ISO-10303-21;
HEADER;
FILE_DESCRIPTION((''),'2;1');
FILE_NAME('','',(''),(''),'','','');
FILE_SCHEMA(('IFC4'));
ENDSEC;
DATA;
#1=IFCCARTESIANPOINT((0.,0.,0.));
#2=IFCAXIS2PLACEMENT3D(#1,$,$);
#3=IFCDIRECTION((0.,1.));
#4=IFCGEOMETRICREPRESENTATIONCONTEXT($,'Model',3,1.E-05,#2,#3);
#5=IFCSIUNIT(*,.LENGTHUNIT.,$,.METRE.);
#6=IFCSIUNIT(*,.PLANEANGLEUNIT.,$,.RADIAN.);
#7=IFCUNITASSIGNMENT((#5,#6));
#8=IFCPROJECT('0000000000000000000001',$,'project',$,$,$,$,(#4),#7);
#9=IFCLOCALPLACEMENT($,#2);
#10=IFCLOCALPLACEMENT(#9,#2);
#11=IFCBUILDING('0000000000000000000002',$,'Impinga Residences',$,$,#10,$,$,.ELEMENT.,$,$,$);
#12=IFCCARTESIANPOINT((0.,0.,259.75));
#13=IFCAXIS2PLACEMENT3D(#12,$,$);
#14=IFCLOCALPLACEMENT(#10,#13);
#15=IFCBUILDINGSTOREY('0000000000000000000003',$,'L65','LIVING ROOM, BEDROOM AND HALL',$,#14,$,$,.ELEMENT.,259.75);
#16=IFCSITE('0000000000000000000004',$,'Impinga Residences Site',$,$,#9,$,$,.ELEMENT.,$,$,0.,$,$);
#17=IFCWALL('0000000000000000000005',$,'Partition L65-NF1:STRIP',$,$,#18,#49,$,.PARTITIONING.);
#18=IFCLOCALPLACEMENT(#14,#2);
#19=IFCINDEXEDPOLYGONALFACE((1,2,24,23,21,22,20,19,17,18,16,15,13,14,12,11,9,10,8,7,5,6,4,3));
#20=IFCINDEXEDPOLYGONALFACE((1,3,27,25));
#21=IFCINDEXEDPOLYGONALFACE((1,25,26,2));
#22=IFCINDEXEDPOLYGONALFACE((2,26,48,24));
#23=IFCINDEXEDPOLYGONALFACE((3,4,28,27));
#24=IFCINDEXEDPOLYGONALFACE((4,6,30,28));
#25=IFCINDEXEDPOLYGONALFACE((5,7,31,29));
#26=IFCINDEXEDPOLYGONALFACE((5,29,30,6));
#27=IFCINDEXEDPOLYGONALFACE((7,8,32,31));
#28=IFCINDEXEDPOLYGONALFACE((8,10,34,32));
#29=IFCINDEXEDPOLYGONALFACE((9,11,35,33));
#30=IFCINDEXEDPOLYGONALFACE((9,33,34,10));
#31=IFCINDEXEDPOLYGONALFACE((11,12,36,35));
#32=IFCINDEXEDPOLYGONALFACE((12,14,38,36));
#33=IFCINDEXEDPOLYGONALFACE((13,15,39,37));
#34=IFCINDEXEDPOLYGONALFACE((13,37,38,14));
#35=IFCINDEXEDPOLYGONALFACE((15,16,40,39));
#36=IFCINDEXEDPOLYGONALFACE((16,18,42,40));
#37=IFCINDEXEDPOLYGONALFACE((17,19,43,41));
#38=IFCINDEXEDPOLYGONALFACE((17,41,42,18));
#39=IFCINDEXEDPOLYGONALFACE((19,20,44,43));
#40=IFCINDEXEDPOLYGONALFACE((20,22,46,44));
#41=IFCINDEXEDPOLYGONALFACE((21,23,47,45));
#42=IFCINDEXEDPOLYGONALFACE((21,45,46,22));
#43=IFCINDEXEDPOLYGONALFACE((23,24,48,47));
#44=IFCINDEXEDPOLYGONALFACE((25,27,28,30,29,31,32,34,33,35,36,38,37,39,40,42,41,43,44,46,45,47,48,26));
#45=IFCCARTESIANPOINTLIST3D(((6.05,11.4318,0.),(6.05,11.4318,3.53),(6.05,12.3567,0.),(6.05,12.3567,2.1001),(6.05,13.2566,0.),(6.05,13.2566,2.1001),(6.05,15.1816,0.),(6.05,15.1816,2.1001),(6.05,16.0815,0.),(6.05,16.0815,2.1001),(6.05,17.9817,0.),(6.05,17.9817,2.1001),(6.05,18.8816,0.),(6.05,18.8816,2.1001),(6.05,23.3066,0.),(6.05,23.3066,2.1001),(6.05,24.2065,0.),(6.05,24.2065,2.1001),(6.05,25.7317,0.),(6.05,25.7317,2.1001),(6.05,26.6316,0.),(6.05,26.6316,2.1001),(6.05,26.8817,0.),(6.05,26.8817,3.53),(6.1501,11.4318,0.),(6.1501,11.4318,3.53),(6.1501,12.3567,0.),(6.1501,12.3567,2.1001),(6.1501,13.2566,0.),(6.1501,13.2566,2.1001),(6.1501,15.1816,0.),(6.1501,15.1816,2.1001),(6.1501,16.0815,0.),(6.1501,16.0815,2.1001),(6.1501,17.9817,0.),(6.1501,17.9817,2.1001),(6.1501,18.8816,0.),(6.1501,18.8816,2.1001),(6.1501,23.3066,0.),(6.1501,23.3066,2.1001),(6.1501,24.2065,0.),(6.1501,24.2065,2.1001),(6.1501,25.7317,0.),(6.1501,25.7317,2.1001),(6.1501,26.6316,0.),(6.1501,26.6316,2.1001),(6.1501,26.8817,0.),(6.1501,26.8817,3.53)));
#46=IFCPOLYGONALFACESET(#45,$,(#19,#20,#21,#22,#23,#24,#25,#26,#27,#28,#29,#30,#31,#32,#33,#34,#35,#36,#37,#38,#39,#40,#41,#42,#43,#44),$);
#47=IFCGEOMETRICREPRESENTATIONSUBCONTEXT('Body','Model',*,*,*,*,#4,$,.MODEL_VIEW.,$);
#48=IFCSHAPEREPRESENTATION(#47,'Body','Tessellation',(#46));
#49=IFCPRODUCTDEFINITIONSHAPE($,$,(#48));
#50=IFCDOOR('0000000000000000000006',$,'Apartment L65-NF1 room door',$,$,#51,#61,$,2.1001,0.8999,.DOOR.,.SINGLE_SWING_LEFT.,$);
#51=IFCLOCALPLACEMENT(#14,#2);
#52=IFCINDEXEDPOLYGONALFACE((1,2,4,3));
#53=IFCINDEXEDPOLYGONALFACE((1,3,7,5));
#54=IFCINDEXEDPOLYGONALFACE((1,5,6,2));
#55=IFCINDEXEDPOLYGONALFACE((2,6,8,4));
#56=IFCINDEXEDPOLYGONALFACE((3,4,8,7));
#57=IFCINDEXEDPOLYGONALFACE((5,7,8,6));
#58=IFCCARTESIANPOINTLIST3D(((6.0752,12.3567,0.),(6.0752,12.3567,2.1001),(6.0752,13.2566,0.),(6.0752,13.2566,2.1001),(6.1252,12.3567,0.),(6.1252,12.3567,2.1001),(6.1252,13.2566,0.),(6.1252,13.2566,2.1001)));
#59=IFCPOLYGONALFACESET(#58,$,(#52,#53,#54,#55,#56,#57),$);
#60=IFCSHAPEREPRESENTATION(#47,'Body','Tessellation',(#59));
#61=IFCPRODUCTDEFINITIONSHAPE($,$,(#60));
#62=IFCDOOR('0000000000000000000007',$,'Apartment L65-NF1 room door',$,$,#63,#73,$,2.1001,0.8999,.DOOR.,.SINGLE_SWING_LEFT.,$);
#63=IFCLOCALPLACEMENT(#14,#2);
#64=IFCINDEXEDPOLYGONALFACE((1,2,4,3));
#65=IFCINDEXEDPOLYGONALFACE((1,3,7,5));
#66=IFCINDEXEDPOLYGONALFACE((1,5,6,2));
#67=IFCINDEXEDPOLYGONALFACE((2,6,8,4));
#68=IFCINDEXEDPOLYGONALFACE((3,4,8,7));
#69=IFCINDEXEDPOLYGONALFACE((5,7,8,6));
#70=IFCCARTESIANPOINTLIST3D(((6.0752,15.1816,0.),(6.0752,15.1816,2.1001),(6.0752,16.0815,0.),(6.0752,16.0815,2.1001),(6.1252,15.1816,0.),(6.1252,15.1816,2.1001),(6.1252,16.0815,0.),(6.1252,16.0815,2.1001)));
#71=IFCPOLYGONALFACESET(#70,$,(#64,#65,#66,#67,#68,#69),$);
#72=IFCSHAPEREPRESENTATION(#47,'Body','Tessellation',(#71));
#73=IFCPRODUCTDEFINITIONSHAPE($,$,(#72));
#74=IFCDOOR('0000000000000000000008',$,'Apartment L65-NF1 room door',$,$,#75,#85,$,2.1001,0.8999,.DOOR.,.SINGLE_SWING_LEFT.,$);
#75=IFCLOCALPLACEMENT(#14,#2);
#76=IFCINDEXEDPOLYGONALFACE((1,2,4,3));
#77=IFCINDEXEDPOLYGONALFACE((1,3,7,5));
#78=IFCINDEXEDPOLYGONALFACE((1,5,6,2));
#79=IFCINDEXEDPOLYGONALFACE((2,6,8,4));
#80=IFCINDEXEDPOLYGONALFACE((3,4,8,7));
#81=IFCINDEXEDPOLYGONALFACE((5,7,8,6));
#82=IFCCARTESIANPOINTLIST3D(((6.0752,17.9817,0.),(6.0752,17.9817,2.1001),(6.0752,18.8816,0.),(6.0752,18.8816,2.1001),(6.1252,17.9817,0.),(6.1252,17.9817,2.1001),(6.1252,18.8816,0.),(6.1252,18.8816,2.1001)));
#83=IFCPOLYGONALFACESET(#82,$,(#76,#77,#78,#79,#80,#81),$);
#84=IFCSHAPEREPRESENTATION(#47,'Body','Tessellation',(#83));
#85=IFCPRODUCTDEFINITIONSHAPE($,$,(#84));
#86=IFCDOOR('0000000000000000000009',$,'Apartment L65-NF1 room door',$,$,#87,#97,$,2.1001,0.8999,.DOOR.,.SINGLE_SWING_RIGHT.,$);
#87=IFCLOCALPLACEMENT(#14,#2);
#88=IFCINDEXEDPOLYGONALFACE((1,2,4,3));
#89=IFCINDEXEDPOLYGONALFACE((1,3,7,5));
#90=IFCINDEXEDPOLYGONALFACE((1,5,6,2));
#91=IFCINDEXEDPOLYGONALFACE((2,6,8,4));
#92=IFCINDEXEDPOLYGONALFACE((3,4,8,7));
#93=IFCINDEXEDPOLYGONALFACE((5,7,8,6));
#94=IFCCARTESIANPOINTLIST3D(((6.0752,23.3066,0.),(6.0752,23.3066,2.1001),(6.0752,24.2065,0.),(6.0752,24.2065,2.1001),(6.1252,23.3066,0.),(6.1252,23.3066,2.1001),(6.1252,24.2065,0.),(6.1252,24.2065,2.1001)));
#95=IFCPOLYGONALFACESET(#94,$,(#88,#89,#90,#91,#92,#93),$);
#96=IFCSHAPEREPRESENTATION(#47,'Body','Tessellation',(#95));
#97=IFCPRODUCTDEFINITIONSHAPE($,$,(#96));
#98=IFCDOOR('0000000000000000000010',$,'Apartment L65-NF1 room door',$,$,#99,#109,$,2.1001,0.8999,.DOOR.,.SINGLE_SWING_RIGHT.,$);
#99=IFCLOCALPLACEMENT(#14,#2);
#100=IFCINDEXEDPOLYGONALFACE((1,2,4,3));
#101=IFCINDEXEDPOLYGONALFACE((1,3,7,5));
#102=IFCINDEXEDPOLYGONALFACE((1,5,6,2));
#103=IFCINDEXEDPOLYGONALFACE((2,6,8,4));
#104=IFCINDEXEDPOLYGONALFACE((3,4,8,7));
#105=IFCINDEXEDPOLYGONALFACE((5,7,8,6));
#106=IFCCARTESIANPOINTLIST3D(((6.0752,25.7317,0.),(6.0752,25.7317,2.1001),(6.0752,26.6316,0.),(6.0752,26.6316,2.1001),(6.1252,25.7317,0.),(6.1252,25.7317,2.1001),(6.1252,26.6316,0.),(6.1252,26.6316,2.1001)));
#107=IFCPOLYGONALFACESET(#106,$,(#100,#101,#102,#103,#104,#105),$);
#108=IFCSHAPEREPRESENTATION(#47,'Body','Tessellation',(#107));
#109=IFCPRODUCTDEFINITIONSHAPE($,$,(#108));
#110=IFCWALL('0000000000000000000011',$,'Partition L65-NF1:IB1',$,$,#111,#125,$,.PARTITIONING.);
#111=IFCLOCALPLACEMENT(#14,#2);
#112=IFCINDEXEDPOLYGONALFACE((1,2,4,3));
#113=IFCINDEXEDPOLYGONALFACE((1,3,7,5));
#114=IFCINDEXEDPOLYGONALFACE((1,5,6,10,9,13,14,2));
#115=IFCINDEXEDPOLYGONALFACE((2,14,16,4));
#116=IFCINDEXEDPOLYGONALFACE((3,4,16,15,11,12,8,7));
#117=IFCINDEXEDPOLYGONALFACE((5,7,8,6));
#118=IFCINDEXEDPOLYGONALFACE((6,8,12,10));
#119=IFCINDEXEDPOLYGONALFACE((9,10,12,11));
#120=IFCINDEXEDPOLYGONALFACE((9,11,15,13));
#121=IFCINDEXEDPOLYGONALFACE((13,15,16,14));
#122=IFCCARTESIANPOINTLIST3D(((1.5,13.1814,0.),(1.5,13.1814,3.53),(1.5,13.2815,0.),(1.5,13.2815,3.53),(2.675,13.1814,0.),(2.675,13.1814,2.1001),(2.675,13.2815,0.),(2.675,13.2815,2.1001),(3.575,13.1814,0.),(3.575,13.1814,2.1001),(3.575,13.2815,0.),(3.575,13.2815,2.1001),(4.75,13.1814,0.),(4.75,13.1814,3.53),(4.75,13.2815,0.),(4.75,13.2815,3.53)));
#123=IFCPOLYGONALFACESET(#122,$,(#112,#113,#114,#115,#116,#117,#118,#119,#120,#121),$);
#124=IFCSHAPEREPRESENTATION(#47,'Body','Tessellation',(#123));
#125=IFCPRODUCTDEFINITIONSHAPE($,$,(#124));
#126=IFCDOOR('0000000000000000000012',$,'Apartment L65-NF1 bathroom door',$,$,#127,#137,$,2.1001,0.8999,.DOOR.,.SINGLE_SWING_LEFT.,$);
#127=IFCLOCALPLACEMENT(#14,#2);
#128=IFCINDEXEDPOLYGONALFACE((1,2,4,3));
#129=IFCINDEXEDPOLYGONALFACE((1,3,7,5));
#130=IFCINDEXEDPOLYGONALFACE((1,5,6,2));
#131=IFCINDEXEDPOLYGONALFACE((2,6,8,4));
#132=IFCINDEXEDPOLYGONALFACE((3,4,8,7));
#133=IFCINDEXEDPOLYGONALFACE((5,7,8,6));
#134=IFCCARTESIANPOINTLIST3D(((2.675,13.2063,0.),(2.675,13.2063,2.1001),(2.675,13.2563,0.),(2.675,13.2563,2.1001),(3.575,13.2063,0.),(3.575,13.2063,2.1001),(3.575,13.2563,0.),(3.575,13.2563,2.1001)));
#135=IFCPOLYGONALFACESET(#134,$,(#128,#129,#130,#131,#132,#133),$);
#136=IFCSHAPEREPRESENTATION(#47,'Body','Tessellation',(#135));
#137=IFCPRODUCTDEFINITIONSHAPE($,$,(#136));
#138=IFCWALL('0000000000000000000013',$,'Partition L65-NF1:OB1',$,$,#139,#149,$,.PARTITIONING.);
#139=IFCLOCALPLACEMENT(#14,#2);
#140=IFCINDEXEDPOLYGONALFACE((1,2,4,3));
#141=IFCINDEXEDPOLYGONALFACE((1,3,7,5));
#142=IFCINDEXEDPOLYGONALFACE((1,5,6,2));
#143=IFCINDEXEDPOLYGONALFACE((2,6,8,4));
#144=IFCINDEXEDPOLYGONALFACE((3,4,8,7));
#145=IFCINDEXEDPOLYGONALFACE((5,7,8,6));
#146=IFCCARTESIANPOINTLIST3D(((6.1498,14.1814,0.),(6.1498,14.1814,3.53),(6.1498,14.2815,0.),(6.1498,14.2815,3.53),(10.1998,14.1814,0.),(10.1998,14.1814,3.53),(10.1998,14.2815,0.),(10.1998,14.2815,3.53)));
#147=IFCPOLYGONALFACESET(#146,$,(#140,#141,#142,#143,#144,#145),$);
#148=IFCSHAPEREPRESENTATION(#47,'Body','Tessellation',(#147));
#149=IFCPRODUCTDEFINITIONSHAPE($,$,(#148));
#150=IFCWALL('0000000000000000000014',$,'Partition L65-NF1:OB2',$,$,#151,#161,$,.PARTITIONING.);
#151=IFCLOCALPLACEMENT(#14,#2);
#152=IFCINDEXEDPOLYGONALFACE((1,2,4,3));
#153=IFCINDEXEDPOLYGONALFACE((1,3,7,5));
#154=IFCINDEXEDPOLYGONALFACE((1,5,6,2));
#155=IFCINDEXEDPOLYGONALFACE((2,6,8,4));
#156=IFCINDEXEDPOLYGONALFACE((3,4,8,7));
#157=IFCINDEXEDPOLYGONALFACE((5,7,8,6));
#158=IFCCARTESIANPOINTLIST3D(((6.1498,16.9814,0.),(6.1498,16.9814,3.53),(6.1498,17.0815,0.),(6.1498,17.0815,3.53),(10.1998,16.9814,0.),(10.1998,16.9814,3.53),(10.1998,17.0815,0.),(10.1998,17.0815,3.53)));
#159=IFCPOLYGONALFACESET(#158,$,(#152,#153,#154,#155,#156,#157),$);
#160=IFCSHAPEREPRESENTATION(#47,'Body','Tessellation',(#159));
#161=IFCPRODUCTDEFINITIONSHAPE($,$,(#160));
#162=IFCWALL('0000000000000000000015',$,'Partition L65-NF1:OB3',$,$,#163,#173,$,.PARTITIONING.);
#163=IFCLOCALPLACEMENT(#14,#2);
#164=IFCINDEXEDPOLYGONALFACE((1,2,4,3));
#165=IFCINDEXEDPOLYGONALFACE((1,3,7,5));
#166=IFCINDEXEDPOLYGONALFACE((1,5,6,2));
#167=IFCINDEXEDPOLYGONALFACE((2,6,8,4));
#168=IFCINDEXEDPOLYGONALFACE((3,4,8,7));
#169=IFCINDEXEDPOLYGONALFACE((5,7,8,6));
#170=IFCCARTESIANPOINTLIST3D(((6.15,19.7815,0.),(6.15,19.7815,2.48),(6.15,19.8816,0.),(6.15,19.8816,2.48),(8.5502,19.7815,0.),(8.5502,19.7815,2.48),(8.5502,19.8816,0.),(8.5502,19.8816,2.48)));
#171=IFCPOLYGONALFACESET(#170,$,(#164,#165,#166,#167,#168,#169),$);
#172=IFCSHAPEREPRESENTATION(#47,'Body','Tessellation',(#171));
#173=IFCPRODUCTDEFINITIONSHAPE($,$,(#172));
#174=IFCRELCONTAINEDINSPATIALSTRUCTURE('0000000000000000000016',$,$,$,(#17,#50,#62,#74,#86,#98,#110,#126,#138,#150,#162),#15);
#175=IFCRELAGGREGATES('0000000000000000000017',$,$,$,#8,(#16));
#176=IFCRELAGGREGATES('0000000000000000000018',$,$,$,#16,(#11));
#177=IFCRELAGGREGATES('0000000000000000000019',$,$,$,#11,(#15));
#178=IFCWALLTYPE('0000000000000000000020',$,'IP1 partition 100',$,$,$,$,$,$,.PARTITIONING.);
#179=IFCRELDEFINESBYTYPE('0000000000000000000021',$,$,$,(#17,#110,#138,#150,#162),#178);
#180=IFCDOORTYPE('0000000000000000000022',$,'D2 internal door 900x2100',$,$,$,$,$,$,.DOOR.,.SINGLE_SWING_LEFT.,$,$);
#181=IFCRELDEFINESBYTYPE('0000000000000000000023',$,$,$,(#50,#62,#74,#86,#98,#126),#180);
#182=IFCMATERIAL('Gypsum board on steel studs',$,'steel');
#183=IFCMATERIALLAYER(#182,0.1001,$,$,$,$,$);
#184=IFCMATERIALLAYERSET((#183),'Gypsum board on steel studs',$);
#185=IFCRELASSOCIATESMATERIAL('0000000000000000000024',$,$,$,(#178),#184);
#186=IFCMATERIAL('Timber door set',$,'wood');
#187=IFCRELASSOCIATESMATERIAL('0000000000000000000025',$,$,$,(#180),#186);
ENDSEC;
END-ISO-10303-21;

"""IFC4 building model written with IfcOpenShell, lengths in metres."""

from ifc_helpers import new_model, si_unit, direction, frame, frame_2d, origin, place, context, subcontext, project, spatial, rectangle, extrude, material, layer, layer_set, type_object, element, fill, save


model = new_model("IFC4")

# Units and contexts
model_context = context("Model", 3, precision=1e-05, world=origin(), true_north=direction((0.0, 1.0)))
body_context = subcontext(model_context, "Body", "Model", "MODEL_VIEW")
ifc_project = project(units=[si_unit("LENGTHUNIT", "METRE"), si_unit("PLANEANGLEUNIT", "RADIAN")], contexts=[model_context])

# Site, building, storey
site_placement = place(None, origin())
site = spatial("IfcSite", under=ifc_project, at=site_placement, Name="Impinga Residences Site", CompositionType="ELEMENT", RefElevation=0.0)
building_placement = place(site_placement, origin())
building = spatial("IfcBuilding", under=site, at=building_placement, Name="Impinga Residences", CompositionType="ELEMENT")
storey_placement = place(building_placement, frame((0.0, 0.0, 259.75)))
storey = spatial("IfcBuildingStorey", under=building, at=storey_placement, Name="L65", Description="LIVING ROOM, BEDROOM AND HALL", CompositionType="ELEMENT", Elevation=259.75)

# Shared definitions
ifc_material_1 = material(Name="Gypsum board on steel studs", Category="steel")
ifc_layer_1 = layer(ifc_material_1, 0.1001)
ifc_layer_set_1 = layer_set([ifc_layer_1], Name="Gypsum board on steel studs")
wall_type_1 = type_object("IfcWallType", Name="IP1 partition 100", PredefinedType="PARTITIONING", material=ifc_layer_set_1)

# Wall, openings, doors
wall_1_placement = place(storey_placement, frame((6.1001, 11.4316, 0.0), z_axis=(0.0, 0.0, 1.0), x_axis=(0.0, 1.0, 0.0)))
wall_1 = element("IfcWall", 1, at=wall_1_placement, inside=storey, type_object=wall_type_1, Name="Partition L65-NF1:STRIP", PredefinedType="PARTITIONING", context=body_context, shape_type="SweptSolid", body=[
    extrude(rectangle(XDim=15.45, YDim=0.1001, at=frame_2d((7.7251, 0.0))), origin(), (0.0, 0.0, 1.0), 3.53),
])
opening_1_placement = place(wall_1_placement, frame((0.925, 0.0, 0.0)))
opening_1 = element("IfcOpeningElement", 2, at=opening_1_placement, cuts=wall_1, PredefinedType="OPENING", context=body_context, shape_type="SweptSolid", body=[
    extrude(rectangle(XDim=0.8999, YDim=2.1001, at=frame_2d((0.45, 1.05))), frame((0.0, 0.0601, 0.0), z_axis=(0.0, -1.0, 0.0), x_axis=(1.0, 0.0, 0.0)), (0.0, 0.0, 1.0), 0.1201),
])
opening_2_placement = place(wall_1_placement, frame((3.75, 0.0, 0.0)))
opening_2 = element("IfcOpeningElement", 3, at=opening_2_placement, cuts=wall_1, PredefinedType="OPENING", context=body_context, shape_type="SweptSolid", body=[
    extrude(rectangle(XDim=0.8999, YDim=2.1001, at=frame_2d((0.45, 1.05))), frame((0.0, 0.0601, 0.0), z_axis=(0.0, -1.0, 0.0), x_axis=(1.0, 0.0, 0.0)), (0.0, 0.0, 1.0), 0.1201),
])
opening_3_placement = place(wall_1_placement, frame((6.55, 0.0, 0.0)))
opening_3 = element("IfcOpeningElement", 4, at=opening_3_placement, cuts=wall_1, PredefinedType="OPENING", context=body_context, shape_type="SweptSolid", body=[
    extrude(rectangle(XDim=0.8999, YDim=2.1001, at=frame_2d((0.45, 1.05))), frame((0.0, 0.0601, 0.0), z_axis=(0.0, -1.0, 0.0), x_axis=(1.0, 0.0, 0.0)), (0.0, 0.0, 1.0), 0.1201),
])
opening_4_placement = place(wall_1_placement, frame((11.875, 0.0, 0.0)))
opening_4 = element("IfcOpeningElement", 5, at=opening_4_placement, cuts=wall_1, PredefinedType="OPENING", context=body_context, shape_type="SweptSolid", body=[
    extrude(rectangle(XDim=0.8999, YDim=2.1001, at=frame_2d((0.45, 1.05))), frame((0.0, 0.0601, 0.0), z_axis=(0.0, -1.0, 0.0), x_axis=(1.0, 0.0, 0.0)), (0.0, 0.0, 1.0), 0.1201),
])
opening_5_placement = place(wall_1_placement, frame((14.3, 0.0, 0.0)))
opening_5 = element("IfcOpeningElement", 6, at=opening_5_placement, cuts=wall_1, PredefinedType="OPENING", context=body_context, shape_type="SweptSolid", body=[
    extrude(rectangle(XDim=0.8999, YDim=2.1001, at=frame_2d((0.45, 1.05))), frame((0.0, 0.0601, 0.0), z_axis=(0.0, -1.0, 0.0), x_axis=(1.0, 0.0, 0.0)), (0.0, 0.0, 1.0), 0.1201),
])
ifc_material_2 = material(Name="Timber door set", Category="wood")
door_type = type_object("IfcDoorType", Name="D2 internal door 900x2100", OperationType="SINGLE_SWING_LEFT", PredefinedType="DOOR", material=ifc_material_2)
door_1_placement = place(opening_1_placement, origin())
door_1 = element("IfcDoor", 7, at=door_1_placement, inside=storey, type_object=door_type, Name="Apartment L65-NF1 room door", OperationType="SINGLE_SWING_LEFT", OverallHeight=2.1001, OverallWidth=0.8999, PredefinedType="DOOR", context=body_context, shape_type="SweptSolid", body=[
    extrude(rectangle(XDim=0.8999, YDim=2.1001, at=frame_2d((0.45, 1.05))), frame((0.0, 0.0249, 0.0), z_axis=(0.0, -1.0, 0.0), x_axis=(1.0, 0.0, 0.0)), (0.0, 0.0, 1.0), 0.05),
])
fill(opening_1, door_1)
door_2_placement = place(opening_2_placement, origin())
door_2 = element("IfcDoor", 8, at=door_2_placement, inside=storey, type_object=door_type, Name="Apartment L65-NF1 room door", OperationType="SINGLE_SWING_LEFT", OverallHeight=2.1001, OverallWidth=0.8999, PredefinedType="DOOR", context=body_context, shape_type="SweptSolid", body=[
    extrude(rectangle(XDim=0.8999, YDim=2.1001, at=frame_2d((0.45, 1.05))), frame((0.0, 0.0249, 0.0), z_axis=(0.0, -1.0, 0.0), x_axis=(1.0, 0.0, 0.0)), (0.0, 0.0, 1.0), 0.05),
])
fill(opening_2, door_2)
door_3_placement = place(opening_3_placement, origin())
door_3 = element("IfcDoor", 9, at=door_3_placement, inside=storey, type_object=door_type, Name="Apartment L65-NF1 room door", OperationType="SINGLE_SWING_LEFT", OverallHeight=2.1001, OverallWidth=0.8999, PredefinedType="DOOR", context=body_context, shape_type="SweptSolid", body=[
    extrude(rectangle(XDim=0.8999, YDim=2.1001, at=frame_2d((0.45, 1.05))), frame((0.0, 0.0249, 0.0), z_axis=(0.0, -1.0, 0.0), x_axis=(1.0, 0.0, 0.0)), (0.0, 0.0, 1.0), 0.05),
])
fill(opening_3, door_3)
door_4_placement = place(opening_4_placement, origin())
door_4 = element("IfcDoor", 10, at=door_4_placement, inside=storey, type_object=door_type, Name="Apartment L65-NF1 room door", OperationType="SINGLE_SWING_RIGHT", OverallHeight=2.1001, OverallWidth=0.8999, PredefinedType="DOOR", context=body_context, shape_type="SweptSolid", body=[
    extrude(rectangle(XDim=0.8999, YDim=2.1001, at=frame_2d((0.45, 1.05))), frame((0.0, 0.0249, 0.0), z_axis=(0.0, -1.0, 0.0), x_axis=(1.0, 0.0, 0.0)), (0.0, 0.0, 1.0), 0.05),
])
fill(opening_4, door_4)
door_5_placement = place(opening_5_placement, origin())
door_5 = element("IfcDoor", 11, at=door_5_placement, inside=storey, type_object=door_type, Name="Apartment L65-NF1 room door", OperationType="SINGLE_SWING_RIGHT", OverallHeight=2.1001, OverallWidth=0.8999, PredefinedType="DOOR", context=body_context, shape_type="SweptSolid", body=[
    extrude(rectangle(XDim=0.8999, YDim=2.1001, at=frame_2d((0.45, 1.05))), frame((0.0, 0.0249, 0.0), z_axis=(0.0, -1.0, 0.0), x_axis=(1.0, 0.0, 0.0)), (0.0, 0.0, 1.0), 0.05),
])
fill(opening_5, door_5)

# Wall, opening, door
wall_2_placement = place(storey_placement, frame((1.5, 13.2314, 0.0), z_axis=(0.0, 0.0, 1.0), x_axis=(1.0, 0.0, 0.0)))
wall_2 = element("IfcWall", 12, at=wall_2_placement, inside=storey, type_object=wall_type_1, Name="Partition L65-NF1:IB1", PredefinedType="PARTITIONING", context=body_context, shape_type="SweptSolid", body=[
    extrude(rectangle(XDim=3.25, YDim=0.1001, at=frame_2d((1.625, 0.0))), origin(), (0.0, 0.0, 1.0), 3.53),
])
opening_6_placement = place(wall_2_placement, frame((1.175, 0.0, 0.0)))
opening_6 = element("IfcOpeningElement", 13, at=opening_6_placement, cuts=wall_2, PredefinedType="OPENING", context=body_context, shape_type="SweptSolid", body=[
    extrude(rectangle(XDim=0.8999, YDim=2.1001, at=frame_2d((0.45, 1.05))), frame((0.0, 0.0601, 0.0), z_axis=(0.0, -1.0, 0.0), x_axis=(1.0, 0.0, 0.0)), (0.0, 0.0, 1.0), 0.1201),
])
door_6_placement = place(opening_6_placement, origin())
door_6 = element("IfcDoor", 14, at=door_6_placement, inside=storey, type_object=door_type, Name="Apartment L65-NF1 bathroom door", OperationType="SINGLE_SWING_LEFT", OverallHeight=2.1001, OverallWidth=0.8999, PredefinedType="DOOR", context=body_context, shape_type="SweptSolid", body=[
    extrude(rectangle(XDim=0.8999, YDim=2.1001, at=frame_2d((0.45, 1.05))), frame((0.0, 0.0249, 0.0), z_axis=(0.0, -1.0, 0.0), x_axis=(1.0, 0.0, 0.0)), (0.0, 0.0, 1.0), 0.05),
])
fill(opening_6, door_6)

# Walls
for number, where, z_axis, x_axis, name in (
    (15, (6.1499, 14.2314, 0.0), (0.0, 0.0, 1.0), (1.0, 0.0, 0.0), "Partition L65-NF1:OB1"),
    (16, (6.1499, 17.0315, 0.0), (0.0, 0.0, 1.0), (1.0, 0.0, 0.0), "Partition L65-NF1:OB2"),
):
    element("IfcWall", number, at=place(storey_placement, frame(where, z_axis=z_axis, x_axis=x_axis)), inside=storey, type_object=wall_type_1, Name=name, PredefinedType="PARTITIONING", context=body_context, shape_type="SweptSolid", body=[
        extrude(rectangle(XDim=4.05, YDim=0.1001, at=frame_2d((2.0249, 0.0))), origin(), (0.0, 0.0, 1.0), 3.53),
    ])
wall_3_placement = place(storey_placement, frame((6.1499, 19.8315, 0.0), z_axis=(0.0, 0.0, 1.0), x_axis=(1.0, 0.0, 0.0)))
element("IfcWall", 17, at=wall_3_placement, inside=storey, type_object=wall_type_1, Name="Partition L65-NF1:OB3", PredefinedType="PARTITIONING", context=body_context, shape_type="SweptSolid", body=[
    extrude(rectangle(XDim=2.4001, YDim=0.1001, at=frame_2d((1.2002, 0.0))), origin(), (0.0, 0.0, 1.0), 2.48),
])

save(model, "model.ifc")
